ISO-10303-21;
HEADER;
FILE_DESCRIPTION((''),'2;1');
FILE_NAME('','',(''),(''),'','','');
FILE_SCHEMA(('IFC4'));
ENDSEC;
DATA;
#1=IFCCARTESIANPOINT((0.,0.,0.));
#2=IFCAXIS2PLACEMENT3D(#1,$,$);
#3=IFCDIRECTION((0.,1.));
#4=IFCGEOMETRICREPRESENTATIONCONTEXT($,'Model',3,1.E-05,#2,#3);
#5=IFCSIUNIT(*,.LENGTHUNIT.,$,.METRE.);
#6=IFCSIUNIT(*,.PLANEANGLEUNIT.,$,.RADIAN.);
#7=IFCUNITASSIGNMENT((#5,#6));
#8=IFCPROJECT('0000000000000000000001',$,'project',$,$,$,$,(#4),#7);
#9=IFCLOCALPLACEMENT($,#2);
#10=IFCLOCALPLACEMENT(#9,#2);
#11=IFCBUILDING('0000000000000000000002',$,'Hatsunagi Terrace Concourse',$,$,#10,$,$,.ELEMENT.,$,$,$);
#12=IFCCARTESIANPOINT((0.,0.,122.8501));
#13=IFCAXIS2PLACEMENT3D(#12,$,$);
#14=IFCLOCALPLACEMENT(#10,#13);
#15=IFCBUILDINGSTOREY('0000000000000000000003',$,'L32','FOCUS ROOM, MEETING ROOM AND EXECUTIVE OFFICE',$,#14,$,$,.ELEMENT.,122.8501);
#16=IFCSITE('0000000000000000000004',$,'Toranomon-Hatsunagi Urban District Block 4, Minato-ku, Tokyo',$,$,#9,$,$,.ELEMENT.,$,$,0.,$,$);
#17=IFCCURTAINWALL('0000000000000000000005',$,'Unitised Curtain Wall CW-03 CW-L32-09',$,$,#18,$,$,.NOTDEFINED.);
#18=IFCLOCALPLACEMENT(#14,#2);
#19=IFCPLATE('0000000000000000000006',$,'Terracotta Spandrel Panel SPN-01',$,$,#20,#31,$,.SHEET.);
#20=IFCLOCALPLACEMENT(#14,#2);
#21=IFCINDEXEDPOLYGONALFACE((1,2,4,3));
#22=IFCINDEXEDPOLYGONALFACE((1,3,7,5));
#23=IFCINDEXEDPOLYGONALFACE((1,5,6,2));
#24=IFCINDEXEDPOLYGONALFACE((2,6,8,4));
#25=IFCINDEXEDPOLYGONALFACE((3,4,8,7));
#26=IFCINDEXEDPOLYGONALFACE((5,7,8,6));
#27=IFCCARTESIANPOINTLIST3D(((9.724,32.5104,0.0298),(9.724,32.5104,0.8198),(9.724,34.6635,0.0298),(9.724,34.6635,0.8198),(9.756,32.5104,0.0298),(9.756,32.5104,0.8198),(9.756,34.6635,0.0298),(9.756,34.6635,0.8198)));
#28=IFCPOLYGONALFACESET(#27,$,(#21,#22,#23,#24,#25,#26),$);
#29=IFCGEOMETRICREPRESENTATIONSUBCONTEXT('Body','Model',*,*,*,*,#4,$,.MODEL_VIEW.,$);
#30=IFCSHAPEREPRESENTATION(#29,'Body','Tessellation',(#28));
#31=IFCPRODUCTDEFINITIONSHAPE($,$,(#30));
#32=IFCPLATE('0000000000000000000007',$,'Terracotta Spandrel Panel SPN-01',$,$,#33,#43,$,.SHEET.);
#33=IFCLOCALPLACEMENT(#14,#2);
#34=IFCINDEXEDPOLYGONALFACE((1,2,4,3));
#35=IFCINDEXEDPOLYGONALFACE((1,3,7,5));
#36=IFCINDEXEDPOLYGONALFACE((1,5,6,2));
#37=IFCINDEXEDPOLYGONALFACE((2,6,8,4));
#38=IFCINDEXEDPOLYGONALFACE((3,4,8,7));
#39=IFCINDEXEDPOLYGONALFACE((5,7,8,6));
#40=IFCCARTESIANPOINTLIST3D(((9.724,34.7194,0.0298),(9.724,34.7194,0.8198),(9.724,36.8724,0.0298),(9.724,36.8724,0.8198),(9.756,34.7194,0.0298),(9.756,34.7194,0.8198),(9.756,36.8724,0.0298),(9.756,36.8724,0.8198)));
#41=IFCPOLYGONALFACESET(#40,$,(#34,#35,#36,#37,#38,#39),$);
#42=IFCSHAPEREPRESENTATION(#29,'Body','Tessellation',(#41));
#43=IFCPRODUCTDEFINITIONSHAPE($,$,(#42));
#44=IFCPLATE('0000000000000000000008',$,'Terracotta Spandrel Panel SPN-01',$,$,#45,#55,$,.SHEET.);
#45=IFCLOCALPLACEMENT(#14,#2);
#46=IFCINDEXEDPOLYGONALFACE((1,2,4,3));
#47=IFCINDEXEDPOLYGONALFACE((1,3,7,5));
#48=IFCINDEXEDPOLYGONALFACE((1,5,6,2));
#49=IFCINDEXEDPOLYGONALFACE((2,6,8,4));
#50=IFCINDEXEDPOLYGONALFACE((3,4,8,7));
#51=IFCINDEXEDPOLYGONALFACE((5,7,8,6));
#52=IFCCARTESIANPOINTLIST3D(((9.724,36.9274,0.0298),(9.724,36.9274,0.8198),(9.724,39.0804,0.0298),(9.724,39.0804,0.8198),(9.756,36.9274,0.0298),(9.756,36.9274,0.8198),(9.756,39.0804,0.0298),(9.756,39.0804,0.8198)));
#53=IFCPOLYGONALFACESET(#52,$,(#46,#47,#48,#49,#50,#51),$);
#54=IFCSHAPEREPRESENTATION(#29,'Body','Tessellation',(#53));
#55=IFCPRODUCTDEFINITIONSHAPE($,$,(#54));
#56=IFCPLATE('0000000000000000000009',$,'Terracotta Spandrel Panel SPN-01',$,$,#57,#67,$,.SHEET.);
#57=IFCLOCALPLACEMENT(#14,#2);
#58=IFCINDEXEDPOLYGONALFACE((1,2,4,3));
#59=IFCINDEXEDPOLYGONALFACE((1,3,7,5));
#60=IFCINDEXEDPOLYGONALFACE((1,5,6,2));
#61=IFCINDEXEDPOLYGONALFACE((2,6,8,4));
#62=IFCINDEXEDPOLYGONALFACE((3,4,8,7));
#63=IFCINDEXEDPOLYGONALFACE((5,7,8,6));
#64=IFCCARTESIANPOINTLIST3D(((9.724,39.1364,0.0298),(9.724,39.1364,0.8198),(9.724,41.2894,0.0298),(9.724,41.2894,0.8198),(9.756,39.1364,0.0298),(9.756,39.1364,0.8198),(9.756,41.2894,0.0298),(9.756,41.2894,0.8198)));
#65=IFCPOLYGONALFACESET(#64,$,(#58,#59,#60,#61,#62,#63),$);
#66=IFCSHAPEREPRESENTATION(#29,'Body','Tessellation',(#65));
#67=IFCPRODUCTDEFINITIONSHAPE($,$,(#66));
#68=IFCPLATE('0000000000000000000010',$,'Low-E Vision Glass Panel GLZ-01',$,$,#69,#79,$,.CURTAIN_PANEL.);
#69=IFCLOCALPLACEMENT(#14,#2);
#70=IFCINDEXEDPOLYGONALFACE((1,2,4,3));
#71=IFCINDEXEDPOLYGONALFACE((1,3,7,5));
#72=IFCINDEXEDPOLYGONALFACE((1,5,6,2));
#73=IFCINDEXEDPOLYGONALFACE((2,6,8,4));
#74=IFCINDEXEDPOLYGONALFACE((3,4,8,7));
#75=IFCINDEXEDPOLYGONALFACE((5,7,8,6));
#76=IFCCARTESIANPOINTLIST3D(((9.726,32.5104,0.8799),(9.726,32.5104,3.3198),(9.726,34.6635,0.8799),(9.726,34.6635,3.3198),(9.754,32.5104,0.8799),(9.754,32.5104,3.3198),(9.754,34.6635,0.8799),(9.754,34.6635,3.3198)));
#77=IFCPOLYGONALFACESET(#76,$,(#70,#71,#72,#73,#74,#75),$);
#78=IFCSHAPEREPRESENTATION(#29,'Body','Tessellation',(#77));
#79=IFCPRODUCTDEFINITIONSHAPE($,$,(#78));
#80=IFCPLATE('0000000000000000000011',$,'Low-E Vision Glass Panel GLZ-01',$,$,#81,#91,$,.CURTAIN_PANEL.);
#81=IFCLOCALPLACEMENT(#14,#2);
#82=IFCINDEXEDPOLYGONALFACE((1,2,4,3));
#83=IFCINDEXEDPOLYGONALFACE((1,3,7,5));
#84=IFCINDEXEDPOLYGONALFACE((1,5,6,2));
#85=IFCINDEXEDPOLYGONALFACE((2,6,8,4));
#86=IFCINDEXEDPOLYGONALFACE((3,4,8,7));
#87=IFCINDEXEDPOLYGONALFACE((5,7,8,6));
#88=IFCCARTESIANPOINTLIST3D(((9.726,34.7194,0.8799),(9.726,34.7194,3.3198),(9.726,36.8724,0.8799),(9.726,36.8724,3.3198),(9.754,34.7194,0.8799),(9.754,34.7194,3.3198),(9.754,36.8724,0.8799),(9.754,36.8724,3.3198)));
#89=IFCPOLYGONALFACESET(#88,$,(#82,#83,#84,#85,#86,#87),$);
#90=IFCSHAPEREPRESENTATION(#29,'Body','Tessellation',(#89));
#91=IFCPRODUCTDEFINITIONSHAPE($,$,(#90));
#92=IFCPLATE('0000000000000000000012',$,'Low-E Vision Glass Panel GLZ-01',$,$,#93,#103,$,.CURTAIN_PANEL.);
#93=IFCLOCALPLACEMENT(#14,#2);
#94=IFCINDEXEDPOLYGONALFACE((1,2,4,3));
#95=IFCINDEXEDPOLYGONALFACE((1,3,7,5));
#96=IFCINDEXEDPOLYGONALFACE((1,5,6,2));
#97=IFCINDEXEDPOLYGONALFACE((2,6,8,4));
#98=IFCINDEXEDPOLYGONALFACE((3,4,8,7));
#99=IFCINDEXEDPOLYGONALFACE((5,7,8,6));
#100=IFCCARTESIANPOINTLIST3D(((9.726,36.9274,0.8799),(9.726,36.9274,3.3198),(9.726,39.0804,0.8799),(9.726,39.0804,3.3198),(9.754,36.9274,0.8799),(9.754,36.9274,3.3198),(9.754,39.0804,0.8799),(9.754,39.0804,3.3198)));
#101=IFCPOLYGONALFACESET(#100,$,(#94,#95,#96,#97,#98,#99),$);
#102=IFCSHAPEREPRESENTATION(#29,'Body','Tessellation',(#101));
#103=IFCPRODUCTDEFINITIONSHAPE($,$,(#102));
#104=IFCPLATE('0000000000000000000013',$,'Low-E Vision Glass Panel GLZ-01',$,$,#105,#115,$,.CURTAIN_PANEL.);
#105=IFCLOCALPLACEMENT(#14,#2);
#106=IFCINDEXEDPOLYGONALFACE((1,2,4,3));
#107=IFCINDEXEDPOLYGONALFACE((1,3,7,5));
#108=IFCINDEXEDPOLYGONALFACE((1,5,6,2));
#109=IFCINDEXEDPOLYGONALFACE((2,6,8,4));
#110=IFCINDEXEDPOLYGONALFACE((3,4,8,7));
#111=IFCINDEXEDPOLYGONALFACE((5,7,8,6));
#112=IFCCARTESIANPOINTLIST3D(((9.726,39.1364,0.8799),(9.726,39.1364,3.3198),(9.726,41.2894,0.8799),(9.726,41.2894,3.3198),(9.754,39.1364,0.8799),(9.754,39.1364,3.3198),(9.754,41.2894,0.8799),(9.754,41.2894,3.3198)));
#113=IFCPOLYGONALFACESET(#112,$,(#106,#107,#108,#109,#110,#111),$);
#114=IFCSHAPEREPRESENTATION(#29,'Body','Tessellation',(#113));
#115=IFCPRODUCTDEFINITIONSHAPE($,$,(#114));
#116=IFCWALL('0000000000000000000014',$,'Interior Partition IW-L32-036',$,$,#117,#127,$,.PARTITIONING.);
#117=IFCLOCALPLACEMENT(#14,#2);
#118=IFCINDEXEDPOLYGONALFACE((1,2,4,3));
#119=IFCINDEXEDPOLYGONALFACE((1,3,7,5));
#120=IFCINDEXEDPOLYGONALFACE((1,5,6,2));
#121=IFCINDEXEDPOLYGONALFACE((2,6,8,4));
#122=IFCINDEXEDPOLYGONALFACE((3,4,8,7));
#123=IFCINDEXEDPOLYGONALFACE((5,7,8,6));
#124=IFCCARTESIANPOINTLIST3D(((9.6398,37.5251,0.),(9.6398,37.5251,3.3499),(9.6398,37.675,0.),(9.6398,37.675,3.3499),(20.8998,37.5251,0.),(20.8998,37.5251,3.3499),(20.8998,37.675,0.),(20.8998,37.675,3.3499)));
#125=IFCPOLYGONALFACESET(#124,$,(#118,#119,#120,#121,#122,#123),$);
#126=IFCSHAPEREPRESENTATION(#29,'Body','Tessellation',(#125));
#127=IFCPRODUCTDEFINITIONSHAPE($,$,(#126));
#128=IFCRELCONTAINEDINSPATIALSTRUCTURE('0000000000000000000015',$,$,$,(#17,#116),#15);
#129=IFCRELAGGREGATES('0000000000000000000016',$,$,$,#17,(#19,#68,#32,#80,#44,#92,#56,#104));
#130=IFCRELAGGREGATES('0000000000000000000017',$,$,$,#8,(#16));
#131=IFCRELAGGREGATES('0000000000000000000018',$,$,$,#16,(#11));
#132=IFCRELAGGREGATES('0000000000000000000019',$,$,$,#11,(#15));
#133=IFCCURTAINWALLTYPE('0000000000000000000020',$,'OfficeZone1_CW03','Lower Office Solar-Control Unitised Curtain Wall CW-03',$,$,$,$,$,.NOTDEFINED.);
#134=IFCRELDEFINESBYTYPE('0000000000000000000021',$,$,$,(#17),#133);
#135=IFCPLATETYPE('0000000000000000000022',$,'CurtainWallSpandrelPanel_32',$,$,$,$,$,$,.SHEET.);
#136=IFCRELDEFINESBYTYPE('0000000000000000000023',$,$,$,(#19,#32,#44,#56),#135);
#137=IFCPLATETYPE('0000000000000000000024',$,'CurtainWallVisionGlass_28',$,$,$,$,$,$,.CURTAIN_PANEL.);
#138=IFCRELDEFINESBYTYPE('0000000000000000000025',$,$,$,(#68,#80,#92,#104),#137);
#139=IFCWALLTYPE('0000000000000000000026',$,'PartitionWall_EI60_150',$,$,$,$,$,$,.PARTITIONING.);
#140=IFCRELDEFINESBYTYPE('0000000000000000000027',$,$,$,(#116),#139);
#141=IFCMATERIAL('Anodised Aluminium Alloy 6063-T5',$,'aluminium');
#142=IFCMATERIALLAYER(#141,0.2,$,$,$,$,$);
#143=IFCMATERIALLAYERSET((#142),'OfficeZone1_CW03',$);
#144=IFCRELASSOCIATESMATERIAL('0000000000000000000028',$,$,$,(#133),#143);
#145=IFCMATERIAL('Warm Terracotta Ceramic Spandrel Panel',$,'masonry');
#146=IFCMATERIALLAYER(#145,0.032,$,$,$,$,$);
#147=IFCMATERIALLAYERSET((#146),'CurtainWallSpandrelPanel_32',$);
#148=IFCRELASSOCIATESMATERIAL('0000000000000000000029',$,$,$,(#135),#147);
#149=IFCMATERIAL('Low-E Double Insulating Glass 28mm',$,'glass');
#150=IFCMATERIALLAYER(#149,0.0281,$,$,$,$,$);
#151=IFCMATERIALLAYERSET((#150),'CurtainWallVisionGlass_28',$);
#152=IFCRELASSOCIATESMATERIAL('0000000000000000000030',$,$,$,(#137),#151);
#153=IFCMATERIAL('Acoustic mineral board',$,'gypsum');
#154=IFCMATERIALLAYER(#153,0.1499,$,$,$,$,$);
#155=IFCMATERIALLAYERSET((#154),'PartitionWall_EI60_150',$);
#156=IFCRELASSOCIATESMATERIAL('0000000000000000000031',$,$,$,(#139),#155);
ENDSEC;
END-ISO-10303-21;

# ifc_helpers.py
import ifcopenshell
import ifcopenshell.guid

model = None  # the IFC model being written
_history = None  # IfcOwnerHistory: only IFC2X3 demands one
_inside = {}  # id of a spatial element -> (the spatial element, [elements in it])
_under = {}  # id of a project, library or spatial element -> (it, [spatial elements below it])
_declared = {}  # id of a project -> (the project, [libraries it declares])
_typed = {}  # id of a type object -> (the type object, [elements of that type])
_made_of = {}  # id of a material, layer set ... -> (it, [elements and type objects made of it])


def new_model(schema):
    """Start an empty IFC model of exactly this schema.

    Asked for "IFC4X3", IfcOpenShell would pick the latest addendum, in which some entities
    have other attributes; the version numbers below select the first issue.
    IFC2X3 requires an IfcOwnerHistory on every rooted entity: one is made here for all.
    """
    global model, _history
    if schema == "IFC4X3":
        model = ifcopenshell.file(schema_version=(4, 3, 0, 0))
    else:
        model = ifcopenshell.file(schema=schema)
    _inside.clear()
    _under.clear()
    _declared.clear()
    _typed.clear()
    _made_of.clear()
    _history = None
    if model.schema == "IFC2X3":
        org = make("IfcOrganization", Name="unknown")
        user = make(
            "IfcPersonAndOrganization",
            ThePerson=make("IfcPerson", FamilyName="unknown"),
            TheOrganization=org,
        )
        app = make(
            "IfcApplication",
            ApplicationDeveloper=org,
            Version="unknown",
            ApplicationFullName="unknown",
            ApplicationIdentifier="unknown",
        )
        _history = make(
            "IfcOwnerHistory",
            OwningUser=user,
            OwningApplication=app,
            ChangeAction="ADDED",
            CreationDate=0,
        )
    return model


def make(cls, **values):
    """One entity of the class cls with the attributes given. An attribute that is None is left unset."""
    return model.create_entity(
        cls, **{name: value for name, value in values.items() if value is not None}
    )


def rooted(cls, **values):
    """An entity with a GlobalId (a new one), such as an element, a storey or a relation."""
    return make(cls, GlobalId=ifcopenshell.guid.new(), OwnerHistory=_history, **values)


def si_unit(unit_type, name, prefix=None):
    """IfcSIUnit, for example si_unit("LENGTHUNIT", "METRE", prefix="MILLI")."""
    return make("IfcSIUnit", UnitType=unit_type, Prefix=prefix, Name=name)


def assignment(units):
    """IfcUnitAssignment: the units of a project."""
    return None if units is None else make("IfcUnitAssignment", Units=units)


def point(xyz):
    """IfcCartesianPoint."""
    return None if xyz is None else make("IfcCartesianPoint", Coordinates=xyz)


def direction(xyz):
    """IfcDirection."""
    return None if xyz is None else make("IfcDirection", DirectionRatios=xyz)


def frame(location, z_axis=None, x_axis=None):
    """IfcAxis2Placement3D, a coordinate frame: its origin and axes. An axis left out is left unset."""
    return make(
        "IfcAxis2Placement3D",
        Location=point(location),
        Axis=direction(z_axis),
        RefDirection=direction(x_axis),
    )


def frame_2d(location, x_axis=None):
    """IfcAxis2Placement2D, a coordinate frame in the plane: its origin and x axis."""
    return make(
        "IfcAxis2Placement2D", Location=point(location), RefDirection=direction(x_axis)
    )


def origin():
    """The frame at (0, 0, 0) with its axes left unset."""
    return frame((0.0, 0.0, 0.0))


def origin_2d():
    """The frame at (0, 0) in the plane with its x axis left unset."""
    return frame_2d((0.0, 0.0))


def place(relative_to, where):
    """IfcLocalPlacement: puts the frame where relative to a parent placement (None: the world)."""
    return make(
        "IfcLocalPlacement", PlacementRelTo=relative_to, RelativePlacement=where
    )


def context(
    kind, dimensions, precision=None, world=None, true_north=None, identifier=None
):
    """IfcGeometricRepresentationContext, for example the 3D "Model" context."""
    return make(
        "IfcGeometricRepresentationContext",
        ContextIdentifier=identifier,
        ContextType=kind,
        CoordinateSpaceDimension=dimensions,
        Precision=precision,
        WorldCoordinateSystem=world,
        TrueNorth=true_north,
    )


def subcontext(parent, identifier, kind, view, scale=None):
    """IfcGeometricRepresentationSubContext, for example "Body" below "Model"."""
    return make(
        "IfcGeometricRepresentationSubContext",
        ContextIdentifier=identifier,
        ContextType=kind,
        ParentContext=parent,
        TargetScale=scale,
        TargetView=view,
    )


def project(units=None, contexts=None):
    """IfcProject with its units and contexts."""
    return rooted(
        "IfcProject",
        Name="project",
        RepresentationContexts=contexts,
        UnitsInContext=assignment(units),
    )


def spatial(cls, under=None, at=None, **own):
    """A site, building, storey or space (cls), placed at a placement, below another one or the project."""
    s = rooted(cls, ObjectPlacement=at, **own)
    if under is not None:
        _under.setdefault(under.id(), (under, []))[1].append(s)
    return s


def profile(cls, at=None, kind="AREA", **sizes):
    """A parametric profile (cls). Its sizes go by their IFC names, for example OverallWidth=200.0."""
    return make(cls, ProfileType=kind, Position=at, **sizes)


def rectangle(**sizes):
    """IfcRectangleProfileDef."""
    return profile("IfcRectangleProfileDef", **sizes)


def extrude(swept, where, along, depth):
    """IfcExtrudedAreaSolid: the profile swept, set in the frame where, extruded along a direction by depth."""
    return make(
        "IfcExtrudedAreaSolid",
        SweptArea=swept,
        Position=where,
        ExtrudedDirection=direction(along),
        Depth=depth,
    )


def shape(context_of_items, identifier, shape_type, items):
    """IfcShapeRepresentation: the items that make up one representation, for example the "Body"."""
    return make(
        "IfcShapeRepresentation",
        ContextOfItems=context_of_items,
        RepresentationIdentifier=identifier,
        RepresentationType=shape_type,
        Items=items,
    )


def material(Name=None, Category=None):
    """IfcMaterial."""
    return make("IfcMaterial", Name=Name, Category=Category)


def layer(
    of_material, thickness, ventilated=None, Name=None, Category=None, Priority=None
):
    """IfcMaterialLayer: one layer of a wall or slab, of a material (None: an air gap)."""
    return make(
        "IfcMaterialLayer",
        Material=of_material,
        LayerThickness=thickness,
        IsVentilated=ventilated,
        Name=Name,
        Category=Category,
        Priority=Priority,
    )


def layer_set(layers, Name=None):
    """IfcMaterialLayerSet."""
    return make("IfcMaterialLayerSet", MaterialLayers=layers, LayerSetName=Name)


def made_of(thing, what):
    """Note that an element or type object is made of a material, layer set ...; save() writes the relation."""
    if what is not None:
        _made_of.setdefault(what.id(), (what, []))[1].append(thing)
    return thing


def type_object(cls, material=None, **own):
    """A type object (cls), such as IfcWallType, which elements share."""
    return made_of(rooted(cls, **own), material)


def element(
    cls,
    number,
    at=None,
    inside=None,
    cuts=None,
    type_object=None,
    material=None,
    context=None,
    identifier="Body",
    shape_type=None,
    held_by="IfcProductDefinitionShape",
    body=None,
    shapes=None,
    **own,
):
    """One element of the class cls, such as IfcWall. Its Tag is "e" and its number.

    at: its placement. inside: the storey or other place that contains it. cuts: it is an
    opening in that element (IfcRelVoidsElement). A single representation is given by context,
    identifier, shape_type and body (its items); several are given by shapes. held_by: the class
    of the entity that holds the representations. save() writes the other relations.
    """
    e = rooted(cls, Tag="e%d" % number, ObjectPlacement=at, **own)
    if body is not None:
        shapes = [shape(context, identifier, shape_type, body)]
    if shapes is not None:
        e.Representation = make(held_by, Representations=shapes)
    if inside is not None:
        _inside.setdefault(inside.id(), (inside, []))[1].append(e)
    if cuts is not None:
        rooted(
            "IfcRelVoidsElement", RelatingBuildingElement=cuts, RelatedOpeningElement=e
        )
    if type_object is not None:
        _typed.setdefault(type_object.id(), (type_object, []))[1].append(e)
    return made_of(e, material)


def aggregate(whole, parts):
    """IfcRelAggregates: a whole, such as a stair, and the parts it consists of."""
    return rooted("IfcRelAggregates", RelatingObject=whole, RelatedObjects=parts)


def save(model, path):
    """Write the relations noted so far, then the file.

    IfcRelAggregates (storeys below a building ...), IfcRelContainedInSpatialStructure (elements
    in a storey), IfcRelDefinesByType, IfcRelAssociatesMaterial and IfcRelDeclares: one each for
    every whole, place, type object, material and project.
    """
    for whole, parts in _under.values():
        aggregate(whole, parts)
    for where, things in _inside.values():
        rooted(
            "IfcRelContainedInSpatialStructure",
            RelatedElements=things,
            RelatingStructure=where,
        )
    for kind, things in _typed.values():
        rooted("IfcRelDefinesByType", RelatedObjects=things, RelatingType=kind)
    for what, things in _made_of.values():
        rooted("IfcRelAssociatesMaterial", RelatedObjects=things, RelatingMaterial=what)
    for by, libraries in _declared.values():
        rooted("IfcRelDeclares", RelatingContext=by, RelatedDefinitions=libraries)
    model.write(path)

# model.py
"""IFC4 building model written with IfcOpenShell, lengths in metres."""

from ifc_helpers import new_model, si_unit, direction, frame, frame_2d, origin, origin_2d, place, context, subcontext, project, spatial, rectangle, extrude, material, layer, layer_set, type_object, element, aggregate, save


model = new_model("IFC4")

# Units and contexts
model_context = context("Model", 3, precision=1e-05, world=origin(), true_north=direction((0.0, 1.0)))
body_context = subcontext(model_context, "Body", "Model", "MODEL_VIEW")
ifc_project = project(units=[si_unit("LENGTHUNIT", "METRE"), si_unit("PLANEANGLEUNIT", "RADIAN")], contexts=[model_context])

# Site, building, storey
site_placement = place(None, origin())
site = spatial("IfcSite", under=ifc_project, at=site_placement, Name="Toranomon-Hatsunagi Urban District Block 4, Minato-ku, Tokyo", CompositionType="ELEMENT", RefElevation=0.0)
building_placement = place(site_placement, origin())
building = spatial("IfcBuilding", under=site, at=building_placement, Name="Hatsunagi Terrace Concourse", CompositionType="ELEMENT")
storey_placement = place(building_placement, frame((0.0, 0.0, 122.8501)))
storey = spatial("IfcBuildingStorey", under=building, at=storey_placement, Name="L32", Description="FOCUS ROOM, MEETING ROOM AND EXECUTIVE OFFICE", CompositionType="ELEMENT", Elevation=122.8501)

# Curtain wall
ifc_material_1 = material(Name="Anodised Aluminium Alloy 6063-T5", Category="aluminium")
ifc_layer_1 = layer(ifc_material_1, 0.2)
ifc_layer_set_1 = layer_set([ifc_layer_1], Name="OfficeZone1_CW03")
curtain_wall_type = type_object("IfcCurtainWallType", Name="OfficeZone1_CW03", Description="Lower Office Solar-Control Unitised Curtain Wall CW-03", PredefinedType="NOTDEFINED", material=ifc_layer_set_1)
curtain_wall_placement = place(storey_placement, origin())
curtain_wall = element("IfcCurtainWall", 1, at=curtain_wall_placement, inside=storey, type_object=curtain_wall_type, Name="Unitised Curtain Wall CW-03 CW-L32-09", PredefinedType="NOTDEFINED")

# Plates
ifc_material_2 = material(Name="Warm Terracotta Ceramic Spandrel Panel", Category="masonry")
ifc_layer_2 = layer(ifc_material_2, 0.032)
ifc_layer_set_2 = layer_set([ifc_layer_2], Name="CurtainWallSpandrelPanel_32")
plate_type_1 = type_object("IfcPlateType", Name="CurtainWallSpandrelPanel_32", PredefinedType="SHEET", material=ifc_layer_set_2)
plate_1_placement = place(storey_placement, frame((9.74, 33.5869, 0.0298), z_axis=(0.0, 0.0, 1.0), x_axis=(0.0, 1.0, 0.0)))
plate_1 = element("IfcPlate", 2, at=plate_1_placement, type_object=plate_type_1, Name="Terracotta Spandrel Panel SPN-01", PredefinedType="SHEET", context=body_context, shape_type="SweptSolid", body=[
    extrude(rectangle(XDim=2.1531, YDim=0.032, at=origin_2d()), origin(), (0.0, 0.0, 1.0), 0.79),
])
plate_2_placement = place(storey_placement, frame((9.74, 35.7959, 0.0298), z_axis=(0.0, 0.0, 1.0), x_axis=(0.0, 1.0, 0.0)))
plate_2 = element("IfcPlate", 3, at=plate_2_placement, type_object=plate_type_1, Name="Terracotta Spandrel Panel SPN-01", PredefinedType="SHEET", context=body_context, shape_type="SweptSolid", body=[
    extrude(rectangle(XDim=2.1531, YDim=0.032, at=origin_2d()), origin(), (0.0, 0.0, 1.0), 0.79),
])
plate_3_placement = place(storey_placement, frame((9.74, 38.0039, 0.0298), z_axis=(0.0, 0.0, 1.0), x_axis=(0.0, 1.0, 0.0)))
plate_3 = element("IfcPlate", 4, at=plate_3_placement, type_object=plate_type_1, Name="Terracotta Spandrel Panel SPN-01", PredefinedType="SHEET", context=body_context, shape_type="SweptSolid", body=[
    extrude(rectangle(XDim=2.1531, YDim=0.032, at=origin_2d()), origin(), (0.0, 0.0, 1.0), 0.79),
])
plate_4_placement = place(storey_placement, frame((9.74, 40.2129, 0.0298), z_axis=(0.0, 0.0, 1.0), x_axis=(0.0, 1.0, 0.0)))
plate_4 = element("IfcPlate", 5, at=plate_4_placement, type_object=plate_type_1, Name="Terracotta Spandrel Panel SPN-01", PredefinedType="SHEET", context=body_context, shape_type="SweptSolid", body=[
    extrude(rectangle(XDim=2.1531, YDim=0.032, at=origin_2d()), origin(), (0.0, 0.0, 1.0), 0.79),
])
ifc_material_3 = material(Name="Low-E Double Insulating Glass 28mm", Category="glass")
ifc_layer_3 = layer(ifc_material_3, 0.0281)
ifc_layer_set_3 = layer_set([ifc_layer_3], Name="CurtainWallVisionGlass_28")
plate_type_2 = type_object("IfcPlateType", Name="CurtainWallVisionGlass_28", PredefinedType="CURTAIN_PANEL", material=ifc_layer_set_3)
plate_5_placement = place(storey_placement, frame((9.74, 33.5869, 0.8799), z_axis=(0.0, 0.0, 1.0), x_axis=(0.0, 1.0, 0.0)))
plate_5 = element("IfcPlate", 6, at=plate_5_placement, type_object=plate_type_2, Name="Low-E Vision Glass Panel GLZ-01", PredefinedType="CURTAIN_PANEL", context=body_context, shape_type="SweptSolid", body=[
    extrude(rectangle(XDim=2.1531, YDim=0.0281, at=origin_2d()), origin(), (0.0, 0.0, 1.0), 2.4399),
])
plate_6_placement = place(storey_placement, frame((9.74, 35.7959, 0.8799), z_axis=(0.0, 0.0, 1.0), x_axis=(0.0, 1.0, 0.0)))
plate_6 = element("IfcPlate", 7, at=plate_6_placement, type_object=plate_type_2, Name="Low-E Vision Glass Panel GLZ-01", PredefinedType="CURTAIN_PANEL", context=body_context, shape_type="SweptSolid", body=[
    extrude(rectangle(XDim=2.1531, YDim=0.0281, at=origin_2d()), origin(), (0.0, 0.0, 1.0), 2.4399),
])
plate_7_placement = place(storey_placement, frame((9.74, 38.0039, 0.8799), z_axis=(0.0, 0.0, 1.0), x_axis=(0.0, 1.0, 0.0)))
plate_7 = element("IfcPlate", 8, at=plate_7_placement, type_object=plate_type_2, Name="Low-E Vision Glass Panel GLZ-01", PredefinedType="CURTAIN_PANEL", context=body_context, shape_type="SweptSolid", body=[
    extrude(rectangle(XDim=2.1531, YDim=0.0281, at=origin_2d()), origin(), (0.0, 0.0, 1.0), 2.4399),
])
plate_8_placement = place(storey_placement, frame((9.74, 40.2129, 0.8799), z_axis=(0.0, 0.0, 1.0), x_axis=(0.0, 1.0, 0.0)))
plate_8 = element("IfcPlate", 9, at=plate_8_placement, type_object=plate_type_2, Name="Low-E Vision Glass Panel GLZ-01", PredefinedType="CURTAIN_PANEL", context=body_context, shape_type="SweptSolid", body=[
    extrude(rectangle(XDim=2.1531, YDim=0.0281, at=origin_2d()), origin(), (0.0, 0.0, 1.0), 2.4399),
])
aggregate(curtain_wall, [plate_1, plate_5, plate_2, plate_6, plate_3, plate_7, plate_4, plate_8])

# Wall
ifc_material_4 = material(Name="Acoustic mineral board", Category="gypsum")
ifc_layer_4 = layer(ifc_material_4, 0.1499)
ifc_layer_set_4 = layer_set([ifc_layer_4], Name="PartitionWall_EI60_150")
wall_type = type_object("IfcWallType", Name="PartitionWall_EI60_150", PredefinedType="PARTITIONING", material=ifc_layer_set_4)
wall_placement = place(storey_placement, frame((9.6399, 37.6001, 0.0), z_axis=(0.0, 0.0, 1.0), x_axis=(1.0, 0.0, 0.0)))
element("IfcWall", 10, at=wall_placement, inside=storey, type_object=wall_type, Name="Interior Partition IW-L32-036", PredefinedType="PARTITIONING", context=body_context, shape_type="SweptSolid", body=[
    extrude(rectangle(XDim=11.26, YDim=0.1499, at=frame_2d((5.6299, 0.0))), origin(), (0.0, 0.0, 1.0), 3.3499),
])

save(model, "model.ifc")
